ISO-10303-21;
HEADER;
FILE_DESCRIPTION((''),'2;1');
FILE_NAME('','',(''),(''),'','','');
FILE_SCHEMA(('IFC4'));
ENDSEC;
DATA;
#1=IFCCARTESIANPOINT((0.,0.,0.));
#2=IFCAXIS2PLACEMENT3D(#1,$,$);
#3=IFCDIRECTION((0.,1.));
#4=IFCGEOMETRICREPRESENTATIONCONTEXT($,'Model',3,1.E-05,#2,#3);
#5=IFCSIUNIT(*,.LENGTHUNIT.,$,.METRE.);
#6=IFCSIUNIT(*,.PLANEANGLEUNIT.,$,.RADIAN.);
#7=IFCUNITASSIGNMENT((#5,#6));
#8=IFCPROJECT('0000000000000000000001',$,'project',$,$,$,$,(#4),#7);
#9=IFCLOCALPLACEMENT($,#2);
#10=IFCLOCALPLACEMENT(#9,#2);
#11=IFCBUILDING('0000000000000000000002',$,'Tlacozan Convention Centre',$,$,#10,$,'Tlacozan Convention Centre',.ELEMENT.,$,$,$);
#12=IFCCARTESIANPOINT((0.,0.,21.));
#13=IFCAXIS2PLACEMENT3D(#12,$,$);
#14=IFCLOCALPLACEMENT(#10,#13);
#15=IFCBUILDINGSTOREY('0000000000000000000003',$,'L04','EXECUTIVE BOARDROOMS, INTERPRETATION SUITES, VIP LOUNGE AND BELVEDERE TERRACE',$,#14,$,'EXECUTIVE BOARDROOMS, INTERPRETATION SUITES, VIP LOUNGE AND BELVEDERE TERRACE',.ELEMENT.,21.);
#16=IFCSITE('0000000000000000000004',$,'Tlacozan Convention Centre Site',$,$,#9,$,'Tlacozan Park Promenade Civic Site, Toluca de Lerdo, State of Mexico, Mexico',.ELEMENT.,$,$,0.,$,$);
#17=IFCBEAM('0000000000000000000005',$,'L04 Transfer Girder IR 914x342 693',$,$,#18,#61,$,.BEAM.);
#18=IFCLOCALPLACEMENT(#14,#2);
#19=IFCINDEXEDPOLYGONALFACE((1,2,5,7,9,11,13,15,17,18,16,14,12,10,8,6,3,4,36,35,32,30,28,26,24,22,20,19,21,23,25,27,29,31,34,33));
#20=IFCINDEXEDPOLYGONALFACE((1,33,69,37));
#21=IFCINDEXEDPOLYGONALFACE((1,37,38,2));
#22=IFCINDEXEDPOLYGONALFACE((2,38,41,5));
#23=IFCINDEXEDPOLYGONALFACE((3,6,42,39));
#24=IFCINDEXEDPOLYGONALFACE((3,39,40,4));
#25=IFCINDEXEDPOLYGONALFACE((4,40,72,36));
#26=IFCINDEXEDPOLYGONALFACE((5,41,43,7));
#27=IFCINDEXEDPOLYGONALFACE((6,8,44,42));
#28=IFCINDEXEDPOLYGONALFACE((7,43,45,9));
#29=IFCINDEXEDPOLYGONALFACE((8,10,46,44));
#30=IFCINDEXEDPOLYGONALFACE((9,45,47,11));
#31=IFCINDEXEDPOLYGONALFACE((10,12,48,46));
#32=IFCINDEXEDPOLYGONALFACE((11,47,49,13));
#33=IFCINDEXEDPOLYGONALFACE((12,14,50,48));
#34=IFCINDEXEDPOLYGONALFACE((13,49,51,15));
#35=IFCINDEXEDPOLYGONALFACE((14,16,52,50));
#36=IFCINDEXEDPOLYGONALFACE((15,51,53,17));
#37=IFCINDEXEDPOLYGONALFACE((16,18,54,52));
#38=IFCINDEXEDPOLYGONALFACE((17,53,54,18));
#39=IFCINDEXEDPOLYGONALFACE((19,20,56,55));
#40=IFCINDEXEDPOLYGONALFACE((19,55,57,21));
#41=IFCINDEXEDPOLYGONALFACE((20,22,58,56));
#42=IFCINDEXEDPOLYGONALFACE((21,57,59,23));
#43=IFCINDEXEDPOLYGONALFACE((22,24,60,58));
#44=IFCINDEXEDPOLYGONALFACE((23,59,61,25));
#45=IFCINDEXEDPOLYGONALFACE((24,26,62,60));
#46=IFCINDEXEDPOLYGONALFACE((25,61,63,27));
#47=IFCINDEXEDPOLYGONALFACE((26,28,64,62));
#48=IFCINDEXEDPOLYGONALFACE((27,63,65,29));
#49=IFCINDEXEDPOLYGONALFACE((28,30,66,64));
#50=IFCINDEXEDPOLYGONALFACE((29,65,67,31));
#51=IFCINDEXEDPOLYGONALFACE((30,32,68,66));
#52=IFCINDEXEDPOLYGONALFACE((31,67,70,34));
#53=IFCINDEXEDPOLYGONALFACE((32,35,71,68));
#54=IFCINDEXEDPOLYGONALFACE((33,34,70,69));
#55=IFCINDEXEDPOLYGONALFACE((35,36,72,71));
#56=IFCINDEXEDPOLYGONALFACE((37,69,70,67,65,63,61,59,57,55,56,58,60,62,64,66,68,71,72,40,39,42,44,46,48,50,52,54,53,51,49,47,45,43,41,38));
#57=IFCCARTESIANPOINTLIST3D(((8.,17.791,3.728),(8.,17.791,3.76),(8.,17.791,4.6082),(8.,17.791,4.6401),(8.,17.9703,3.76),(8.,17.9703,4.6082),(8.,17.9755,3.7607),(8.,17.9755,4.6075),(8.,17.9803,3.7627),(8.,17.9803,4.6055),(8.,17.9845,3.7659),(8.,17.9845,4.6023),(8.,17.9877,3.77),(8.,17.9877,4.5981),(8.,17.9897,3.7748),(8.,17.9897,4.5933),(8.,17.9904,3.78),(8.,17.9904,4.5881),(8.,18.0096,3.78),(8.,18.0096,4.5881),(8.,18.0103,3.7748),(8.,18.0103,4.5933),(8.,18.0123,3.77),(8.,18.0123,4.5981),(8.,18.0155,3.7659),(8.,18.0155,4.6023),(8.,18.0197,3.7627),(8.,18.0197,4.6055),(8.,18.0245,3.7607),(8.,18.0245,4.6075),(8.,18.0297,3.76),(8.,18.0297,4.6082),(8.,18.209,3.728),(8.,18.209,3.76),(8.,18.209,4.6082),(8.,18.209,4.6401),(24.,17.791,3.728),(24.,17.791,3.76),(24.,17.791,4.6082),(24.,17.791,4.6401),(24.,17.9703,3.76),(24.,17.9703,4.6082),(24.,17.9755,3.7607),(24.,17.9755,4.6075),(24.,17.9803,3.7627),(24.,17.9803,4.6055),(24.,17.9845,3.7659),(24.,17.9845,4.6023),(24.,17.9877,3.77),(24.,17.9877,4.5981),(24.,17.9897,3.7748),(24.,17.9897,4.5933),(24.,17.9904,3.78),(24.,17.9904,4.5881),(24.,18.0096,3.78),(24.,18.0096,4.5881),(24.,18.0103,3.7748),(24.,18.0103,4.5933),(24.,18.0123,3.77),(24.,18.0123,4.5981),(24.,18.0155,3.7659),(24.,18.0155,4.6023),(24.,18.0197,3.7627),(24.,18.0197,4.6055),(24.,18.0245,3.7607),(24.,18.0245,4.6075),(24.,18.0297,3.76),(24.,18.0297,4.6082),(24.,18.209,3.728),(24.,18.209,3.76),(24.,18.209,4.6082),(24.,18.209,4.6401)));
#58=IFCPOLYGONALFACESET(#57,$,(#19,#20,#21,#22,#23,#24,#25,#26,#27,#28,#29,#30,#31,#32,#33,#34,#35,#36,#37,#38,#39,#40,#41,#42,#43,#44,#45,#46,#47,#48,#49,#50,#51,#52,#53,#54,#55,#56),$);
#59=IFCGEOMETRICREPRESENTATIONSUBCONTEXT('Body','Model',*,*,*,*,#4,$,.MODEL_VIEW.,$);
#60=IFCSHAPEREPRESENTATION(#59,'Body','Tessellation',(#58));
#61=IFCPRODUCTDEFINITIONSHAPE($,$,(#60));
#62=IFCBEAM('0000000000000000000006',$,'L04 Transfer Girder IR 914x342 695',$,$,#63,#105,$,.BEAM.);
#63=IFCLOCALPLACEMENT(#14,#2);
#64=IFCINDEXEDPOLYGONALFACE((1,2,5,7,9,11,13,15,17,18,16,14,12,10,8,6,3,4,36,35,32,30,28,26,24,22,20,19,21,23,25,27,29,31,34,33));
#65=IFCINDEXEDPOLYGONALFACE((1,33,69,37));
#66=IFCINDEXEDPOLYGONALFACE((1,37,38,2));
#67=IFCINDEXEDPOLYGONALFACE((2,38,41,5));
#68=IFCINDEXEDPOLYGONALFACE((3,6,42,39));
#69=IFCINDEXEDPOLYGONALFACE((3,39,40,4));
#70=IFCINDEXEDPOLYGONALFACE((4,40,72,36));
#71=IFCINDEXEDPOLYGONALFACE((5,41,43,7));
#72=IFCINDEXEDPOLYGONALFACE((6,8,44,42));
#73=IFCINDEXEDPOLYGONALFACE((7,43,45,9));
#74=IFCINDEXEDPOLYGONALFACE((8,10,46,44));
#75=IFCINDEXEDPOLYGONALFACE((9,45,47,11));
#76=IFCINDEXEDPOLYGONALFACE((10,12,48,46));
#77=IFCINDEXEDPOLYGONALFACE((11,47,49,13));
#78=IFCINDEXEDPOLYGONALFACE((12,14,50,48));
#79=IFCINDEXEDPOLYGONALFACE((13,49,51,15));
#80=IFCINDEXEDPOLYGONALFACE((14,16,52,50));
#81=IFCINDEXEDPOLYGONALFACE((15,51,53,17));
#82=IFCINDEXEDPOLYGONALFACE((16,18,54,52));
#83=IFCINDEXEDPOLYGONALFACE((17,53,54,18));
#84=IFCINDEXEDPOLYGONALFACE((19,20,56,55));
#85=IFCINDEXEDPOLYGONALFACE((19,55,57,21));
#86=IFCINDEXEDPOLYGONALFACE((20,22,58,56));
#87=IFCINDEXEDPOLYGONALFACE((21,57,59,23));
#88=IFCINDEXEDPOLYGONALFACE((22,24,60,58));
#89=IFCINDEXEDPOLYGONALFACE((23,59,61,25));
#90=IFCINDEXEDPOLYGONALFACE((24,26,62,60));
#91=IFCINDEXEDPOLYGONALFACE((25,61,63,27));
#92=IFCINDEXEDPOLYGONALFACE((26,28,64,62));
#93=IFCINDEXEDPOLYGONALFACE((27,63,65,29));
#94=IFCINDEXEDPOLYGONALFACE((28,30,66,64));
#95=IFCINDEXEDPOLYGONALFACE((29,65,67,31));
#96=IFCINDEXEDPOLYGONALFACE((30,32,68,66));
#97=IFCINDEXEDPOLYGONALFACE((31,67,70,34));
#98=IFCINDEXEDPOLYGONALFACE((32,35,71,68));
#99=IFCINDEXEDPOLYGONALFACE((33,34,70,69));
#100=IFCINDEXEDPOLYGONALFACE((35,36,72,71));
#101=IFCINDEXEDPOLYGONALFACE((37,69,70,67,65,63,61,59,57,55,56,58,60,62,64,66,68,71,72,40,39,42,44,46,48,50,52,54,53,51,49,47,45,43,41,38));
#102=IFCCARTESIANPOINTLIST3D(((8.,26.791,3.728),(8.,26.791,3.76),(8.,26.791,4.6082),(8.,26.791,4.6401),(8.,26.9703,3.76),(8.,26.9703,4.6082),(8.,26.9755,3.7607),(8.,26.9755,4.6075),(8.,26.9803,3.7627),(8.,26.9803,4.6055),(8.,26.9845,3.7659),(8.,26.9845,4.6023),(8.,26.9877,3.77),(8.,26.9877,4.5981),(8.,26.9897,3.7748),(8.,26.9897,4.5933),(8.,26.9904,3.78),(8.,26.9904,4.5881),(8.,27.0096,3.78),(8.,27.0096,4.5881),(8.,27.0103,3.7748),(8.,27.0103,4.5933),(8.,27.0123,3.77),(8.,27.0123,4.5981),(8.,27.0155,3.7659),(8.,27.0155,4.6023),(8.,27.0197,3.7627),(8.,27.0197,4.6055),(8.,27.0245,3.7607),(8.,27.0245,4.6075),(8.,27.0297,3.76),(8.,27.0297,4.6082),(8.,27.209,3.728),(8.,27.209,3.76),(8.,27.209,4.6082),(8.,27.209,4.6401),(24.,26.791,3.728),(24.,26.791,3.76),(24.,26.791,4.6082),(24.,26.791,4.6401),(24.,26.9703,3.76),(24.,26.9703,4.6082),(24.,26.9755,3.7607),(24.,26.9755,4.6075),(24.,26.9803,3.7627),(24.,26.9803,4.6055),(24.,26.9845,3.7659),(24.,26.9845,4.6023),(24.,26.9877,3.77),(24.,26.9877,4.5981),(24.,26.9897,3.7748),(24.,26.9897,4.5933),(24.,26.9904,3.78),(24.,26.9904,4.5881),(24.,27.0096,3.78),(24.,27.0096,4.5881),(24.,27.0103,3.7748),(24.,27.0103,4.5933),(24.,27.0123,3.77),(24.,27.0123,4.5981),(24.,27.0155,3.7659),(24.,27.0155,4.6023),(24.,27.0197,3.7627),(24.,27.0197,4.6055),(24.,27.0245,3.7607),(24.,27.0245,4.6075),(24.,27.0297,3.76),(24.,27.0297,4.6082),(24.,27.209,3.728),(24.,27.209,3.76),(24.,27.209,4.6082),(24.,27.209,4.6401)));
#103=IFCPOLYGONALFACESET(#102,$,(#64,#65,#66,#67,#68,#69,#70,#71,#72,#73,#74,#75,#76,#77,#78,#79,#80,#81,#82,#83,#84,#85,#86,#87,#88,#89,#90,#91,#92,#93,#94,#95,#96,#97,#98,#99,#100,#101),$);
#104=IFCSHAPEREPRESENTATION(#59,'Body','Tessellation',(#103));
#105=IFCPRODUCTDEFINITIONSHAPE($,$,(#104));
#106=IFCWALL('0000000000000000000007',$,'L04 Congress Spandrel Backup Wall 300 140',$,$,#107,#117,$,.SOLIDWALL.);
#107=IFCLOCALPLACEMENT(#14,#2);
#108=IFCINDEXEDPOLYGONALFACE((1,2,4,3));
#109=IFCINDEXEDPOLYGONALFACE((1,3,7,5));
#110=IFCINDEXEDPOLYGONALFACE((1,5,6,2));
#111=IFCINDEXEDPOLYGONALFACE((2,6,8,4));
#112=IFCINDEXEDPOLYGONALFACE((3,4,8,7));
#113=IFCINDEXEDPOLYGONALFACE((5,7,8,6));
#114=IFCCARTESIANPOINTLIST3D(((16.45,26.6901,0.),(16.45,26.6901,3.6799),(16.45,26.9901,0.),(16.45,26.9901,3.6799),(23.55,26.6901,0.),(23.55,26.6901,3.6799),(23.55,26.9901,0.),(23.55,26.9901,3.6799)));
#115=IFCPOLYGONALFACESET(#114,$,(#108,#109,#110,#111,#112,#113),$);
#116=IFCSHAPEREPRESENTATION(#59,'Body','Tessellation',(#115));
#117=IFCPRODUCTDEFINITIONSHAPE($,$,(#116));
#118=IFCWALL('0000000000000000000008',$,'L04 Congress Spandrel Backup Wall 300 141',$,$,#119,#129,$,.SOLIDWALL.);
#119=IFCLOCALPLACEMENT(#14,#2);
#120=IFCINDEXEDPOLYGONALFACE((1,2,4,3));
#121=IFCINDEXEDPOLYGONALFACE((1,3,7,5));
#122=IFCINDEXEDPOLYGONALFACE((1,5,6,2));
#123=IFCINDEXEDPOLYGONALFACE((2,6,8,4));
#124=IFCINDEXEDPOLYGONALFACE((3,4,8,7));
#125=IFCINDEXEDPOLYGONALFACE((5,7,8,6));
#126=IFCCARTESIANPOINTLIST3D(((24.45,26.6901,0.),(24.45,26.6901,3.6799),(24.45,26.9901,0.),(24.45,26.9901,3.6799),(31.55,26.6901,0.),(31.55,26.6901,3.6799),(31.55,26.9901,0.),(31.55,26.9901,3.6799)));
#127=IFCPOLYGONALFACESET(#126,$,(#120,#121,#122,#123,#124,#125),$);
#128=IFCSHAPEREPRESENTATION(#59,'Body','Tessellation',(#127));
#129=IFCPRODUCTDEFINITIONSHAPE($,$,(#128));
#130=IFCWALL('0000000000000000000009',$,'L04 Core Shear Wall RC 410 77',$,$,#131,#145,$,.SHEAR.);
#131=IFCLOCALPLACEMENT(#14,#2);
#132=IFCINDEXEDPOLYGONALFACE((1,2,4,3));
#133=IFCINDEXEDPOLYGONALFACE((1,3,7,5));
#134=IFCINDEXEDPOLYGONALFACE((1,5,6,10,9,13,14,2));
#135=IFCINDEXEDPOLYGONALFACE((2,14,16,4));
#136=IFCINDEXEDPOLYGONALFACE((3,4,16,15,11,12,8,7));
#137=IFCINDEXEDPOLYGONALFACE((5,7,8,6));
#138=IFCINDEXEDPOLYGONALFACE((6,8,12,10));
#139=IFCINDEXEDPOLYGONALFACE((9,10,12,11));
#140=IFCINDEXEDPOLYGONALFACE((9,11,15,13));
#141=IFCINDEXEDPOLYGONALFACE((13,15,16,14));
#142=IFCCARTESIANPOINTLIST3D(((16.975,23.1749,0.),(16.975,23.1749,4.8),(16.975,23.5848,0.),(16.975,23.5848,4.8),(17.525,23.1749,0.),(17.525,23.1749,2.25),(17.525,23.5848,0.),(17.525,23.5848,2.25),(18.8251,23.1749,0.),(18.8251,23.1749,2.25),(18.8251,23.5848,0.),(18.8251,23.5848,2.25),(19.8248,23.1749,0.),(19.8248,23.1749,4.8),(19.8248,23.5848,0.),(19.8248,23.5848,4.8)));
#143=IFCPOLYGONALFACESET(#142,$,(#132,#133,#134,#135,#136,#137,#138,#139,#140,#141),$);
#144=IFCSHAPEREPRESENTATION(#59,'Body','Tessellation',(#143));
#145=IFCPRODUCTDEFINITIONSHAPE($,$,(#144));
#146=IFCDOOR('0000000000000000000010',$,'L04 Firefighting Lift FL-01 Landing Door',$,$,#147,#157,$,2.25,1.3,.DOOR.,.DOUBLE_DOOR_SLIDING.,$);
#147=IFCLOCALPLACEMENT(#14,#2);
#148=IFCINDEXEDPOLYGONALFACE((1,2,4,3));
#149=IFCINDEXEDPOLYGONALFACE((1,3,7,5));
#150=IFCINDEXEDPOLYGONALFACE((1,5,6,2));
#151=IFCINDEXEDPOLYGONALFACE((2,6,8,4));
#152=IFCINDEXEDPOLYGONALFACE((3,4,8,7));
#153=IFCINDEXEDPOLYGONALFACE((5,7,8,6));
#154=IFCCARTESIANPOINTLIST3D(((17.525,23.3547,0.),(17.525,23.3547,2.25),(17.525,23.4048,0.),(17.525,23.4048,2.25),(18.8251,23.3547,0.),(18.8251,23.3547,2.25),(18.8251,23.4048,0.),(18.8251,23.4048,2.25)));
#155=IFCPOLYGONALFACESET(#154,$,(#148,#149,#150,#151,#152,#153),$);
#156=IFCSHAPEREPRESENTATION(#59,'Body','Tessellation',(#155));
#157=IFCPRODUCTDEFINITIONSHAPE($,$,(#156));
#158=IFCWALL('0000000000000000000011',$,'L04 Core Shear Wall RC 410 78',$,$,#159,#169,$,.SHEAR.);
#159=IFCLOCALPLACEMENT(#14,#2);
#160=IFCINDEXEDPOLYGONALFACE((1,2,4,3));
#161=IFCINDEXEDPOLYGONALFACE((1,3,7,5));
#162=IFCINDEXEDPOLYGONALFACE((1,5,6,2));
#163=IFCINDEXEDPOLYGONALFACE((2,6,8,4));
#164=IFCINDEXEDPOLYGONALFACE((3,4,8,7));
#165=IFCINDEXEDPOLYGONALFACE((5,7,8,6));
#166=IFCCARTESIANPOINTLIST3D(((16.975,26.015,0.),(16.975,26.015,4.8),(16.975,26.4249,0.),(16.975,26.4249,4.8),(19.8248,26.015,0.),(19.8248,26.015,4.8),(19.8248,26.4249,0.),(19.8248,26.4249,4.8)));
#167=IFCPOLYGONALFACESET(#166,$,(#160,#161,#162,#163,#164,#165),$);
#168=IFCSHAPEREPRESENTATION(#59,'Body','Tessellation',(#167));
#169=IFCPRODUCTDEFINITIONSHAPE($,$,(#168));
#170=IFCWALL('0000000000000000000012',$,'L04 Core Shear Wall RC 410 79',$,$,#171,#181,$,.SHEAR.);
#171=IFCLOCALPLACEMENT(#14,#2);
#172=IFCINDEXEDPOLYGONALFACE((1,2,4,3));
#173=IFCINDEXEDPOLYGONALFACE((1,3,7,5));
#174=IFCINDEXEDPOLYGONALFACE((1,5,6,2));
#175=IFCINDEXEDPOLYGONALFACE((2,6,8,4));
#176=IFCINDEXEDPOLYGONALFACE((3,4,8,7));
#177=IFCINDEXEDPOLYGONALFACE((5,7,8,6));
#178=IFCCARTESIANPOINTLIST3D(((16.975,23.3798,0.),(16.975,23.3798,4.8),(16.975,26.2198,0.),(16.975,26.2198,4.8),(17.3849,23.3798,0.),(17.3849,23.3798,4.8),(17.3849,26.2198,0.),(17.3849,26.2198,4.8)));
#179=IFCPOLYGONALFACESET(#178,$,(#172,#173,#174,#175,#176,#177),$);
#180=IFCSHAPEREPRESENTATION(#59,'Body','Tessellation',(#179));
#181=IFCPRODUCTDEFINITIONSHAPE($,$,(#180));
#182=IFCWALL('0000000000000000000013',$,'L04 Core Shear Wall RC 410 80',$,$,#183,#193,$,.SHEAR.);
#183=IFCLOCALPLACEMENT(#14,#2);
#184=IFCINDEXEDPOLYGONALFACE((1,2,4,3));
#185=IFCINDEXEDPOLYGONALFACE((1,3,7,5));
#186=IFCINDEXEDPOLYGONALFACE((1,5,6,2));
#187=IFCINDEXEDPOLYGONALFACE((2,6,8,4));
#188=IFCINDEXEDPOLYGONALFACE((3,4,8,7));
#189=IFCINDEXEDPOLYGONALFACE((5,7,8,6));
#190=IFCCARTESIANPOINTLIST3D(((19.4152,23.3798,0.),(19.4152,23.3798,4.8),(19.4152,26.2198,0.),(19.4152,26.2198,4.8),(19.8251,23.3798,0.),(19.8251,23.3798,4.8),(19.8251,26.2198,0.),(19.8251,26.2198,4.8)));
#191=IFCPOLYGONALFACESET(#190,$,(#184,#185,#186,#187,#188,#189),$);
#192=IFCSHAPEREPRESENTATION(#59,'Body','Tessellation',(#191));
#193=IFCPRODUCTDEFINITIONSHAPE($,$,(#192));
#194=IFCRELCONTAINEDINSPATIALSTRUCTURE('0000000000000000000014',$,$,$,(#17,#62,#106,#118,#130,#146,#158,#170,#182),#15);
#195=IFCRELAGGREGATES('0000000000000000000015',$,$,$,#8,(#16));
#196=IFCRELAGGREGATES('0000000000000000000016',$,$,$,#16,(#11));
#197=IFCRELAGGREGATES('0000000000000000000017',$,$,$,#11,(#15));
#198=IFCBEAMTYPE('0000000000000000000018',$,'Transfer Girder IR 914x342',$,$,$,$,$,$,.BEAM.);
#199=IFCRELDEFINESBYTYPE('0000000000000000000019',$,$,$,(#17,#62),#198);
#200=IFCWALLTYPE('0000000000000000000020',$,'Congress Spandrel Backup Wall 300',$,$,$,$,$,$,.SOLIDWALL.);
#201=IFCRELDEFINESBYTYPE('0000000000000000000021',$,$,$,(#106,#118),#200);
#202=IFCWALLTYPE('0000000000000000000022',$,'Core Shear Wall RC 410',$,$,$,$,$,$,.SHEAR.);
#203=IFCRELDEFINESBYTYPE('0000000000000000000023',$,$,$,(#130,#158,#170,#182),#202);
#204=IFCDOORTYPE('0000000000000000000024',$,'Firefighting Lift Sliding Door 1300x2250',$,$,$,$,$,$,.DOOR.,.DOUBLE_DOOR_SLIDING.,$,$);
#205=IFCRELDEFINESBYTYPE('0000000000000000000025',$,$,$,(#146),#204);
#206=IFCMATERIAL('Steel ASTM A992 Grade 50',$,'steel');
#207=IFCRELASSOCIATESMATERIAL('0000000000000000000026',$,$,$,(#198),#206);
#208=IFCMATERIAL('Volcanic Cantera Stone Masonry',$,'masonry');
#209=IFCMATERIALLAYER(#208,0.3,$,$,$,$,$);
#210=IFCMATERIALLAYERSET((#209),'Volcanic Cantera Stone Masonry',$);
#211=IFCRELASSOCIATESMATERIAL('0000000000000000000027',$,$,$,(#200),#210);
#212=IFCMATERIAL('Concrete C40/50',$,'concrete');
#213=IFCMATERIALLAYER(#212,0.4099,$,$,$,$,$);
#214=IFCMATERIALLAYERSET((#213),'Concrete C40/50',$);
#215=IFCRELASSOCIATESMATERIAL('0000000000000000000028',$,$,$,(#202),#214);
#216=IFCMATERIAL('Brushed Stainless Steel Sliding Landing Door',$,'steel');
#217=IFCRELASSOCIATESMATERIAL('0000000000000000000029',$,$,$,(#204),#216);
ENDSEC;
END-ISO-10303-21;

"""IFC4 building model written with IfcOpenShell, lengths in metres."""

from ifc_helpers import new_model, si_unit, direction, frame, frame_2d, origin, origin_2d, place, context, subcontext, project, spatial, rectangle, i_section, extrude, material, layer, layer_set, material_profile, profile_set, type_object, element, fill, save


model = new_model("IFC4")

# Units and contexts
model_context = context("Model", 3, precision=1e-05, world=origin(), true_north=direction((0.0, 1.0)))
body_context = subcontext(model_context, "Body", "Model", "MODEL_VIEW")
ifc_project = project(units=[si_unit("LENGTHUNIT", "METRE"), si_unit("PLANEANGLEUNIT", "RADIAN")], contexts=[model_context])

# Site, building, storey
site_placement = place(None, origin())
site = spatial("IfcSite", under=ifc_project, at=site_placement, Name="Tlacozan Convention Centre Site", LongName="Tlacozan Park Promenade Civic Site, Toluca de Lerdo, State of Mexico, Mexico", CompositionType="ELEMENT", RefElevation=0.0)
building_placement = place(site_placement, origin())
building = spatial("IfcBuilding", under=site, at=building_placement, Name="Tlacozan Convention Centre", LongName="Tlacozan Convention Centre", CompositionType="ELEMENT")
storey_placement = place(building_placement, frame((0.0, 0.0, 21.0)))
storey = spatial("IfcBuildingStorey", under=building, at=storey_placement, Name="L04", Description="EXECUTIVE BOARDROOMS, INTERPRETATION SUITES, VIP LOUNGE AND BELVEDERE TERRACE", LongName="EXECUTIVE BOARDROOMS, INTERPRETATION SUITES, VIP LOUNGE AND BELVEDERE TERRACE", CompositionType="ELEMENT", Elevation=21.0)

# Shared definitions
ifc_material_1 = material(Name="Concrete C40/50", Category="concrete")

# Beams
ifc_material_2 = material(Name="Steel ASTM A992 Grade 50", Category="steel")
ifc_material_profile_1 = material_profile(ifc_material_2, i_section(OverallWidth=0.418, OverallDepth=0.9121, WebThickness=0.0193, FlangeThickness=0.032, FilletRadius=0.02, at=origin_2d()), Name="IR 914x342.0")
ifc_profile_set_1 = profile_set([ifc_material_profile_1], Name="Steel ASTM A992 Grade 50")
beam_type_1 = type_object("IfcBeamType", Name="Transfer Girder IR 914x342", PredefinedType="BEAM", material=ifc_profile_set_1)
for number, where, z_axis, x_axis, name in (
    (1, (24.0, 18.0, 4.1841), (-1.0, 0.0, 0.0), (0.0, -1.0, 0.0), "L04 Transfer Girder IR 914x342 693"),
    (2, (24.0, 27.0, 4.1841), (-1.0, 0.0, 0.0), (0.0, -1.0, 0.0), "L04 Transfer Girder IR 914x342 695"),
):
    element("IfcBeam", number, at=place(storey_placement, frame(where, z_axis=z_axis, x_axis=x_axis)), inside=storey, type_object=beam_type_1, Name=name, PredefinedType="BEAM", context=body_context, shape_type="SweptSolid", body=[
        extrude(i_section(OverallWidth=0.418, OverallDepth=0.9121, WebThickness=0.0193, FlangeThickness=0.032, FilletRadius=0.02, at=origin_2d()), origin(), (0.0, 0.0, 1.0), 16.0),
    ])

# Walls
ifc_material_3 = material(Name="Volcanic Cantera Stone Masonry", Category="masonry")
ifc_layer_1 = layer(ifc_material_3, 0.3)
ifc_layer_set_1 = layer_set([ifc_layer_1], Name="Volcanic Cantera Stone Masonry")
wall_type_1 = type_object("IfcWallType", Name="Congress Spandrel Backup Wall 300", PredefinedType="SOLIDWALL", material=ifc_layer_set_1)
for number, where, z_axis, x_axis, name in (
    (3, (16.45, 26.8401, 0.0), (0.0, 0.0, 1.0), (1.0, 0.0, 0.0), "L04 Congress Spandrel Backup Wall 300 140"),
    (4, (24.45, 26.8401, 0.0), (0.0, 0.0, 1.0), (1.0, 0.0, 0.0), "L04 Congress Spandrel Backup Wall 300 141"),
):
    element("IfcWall", number, at=place(storey_placement, frame(where, z_axis=z_axis, x_axis=x_axis)), inside=storey, type_object=wall_type_1, Name=name, PredefinedType="SOLIDWALL", context=body_context, shape_type="SweptSolid", body=[
        extrude(rectangle(XDim=7.1001, YDim=0.3, at=frame_2d((3.55, 0.0))), origin(), (0.0, 0.0, 1.0), 3.6799),
    ])

# Wall, opening, door
ifc_layer_2 = layer(ifc_material_1, 0.4099)
ifc_layer_set_2 = layer_set([ifc_layer_2], Name="Concrete C40/50")
wall_type_2 = type_object("IfcWallType", Name="Core Shear Wall RC 410", PredefinedType="SHEAR", material=ifc_layer_set_2)
wall_1_placement = place(storey_placement, frame((16.9751, 23.3799, 0.0), z_axis=(0.0, 0.0, 1.0), x_axis=(1.0, 0.0, 0.0)))
wall_1 = element("IfcWall", 5, at=wall_1_placement, inside=storey, type_object=wall_type_2, Name="L04 Core Shear Wall RC 410 77", PredefinedType="SHEAR", context=body_context, shape_type="SweptSolid", body=[
    extrude(rectangle(XDim=2.8499, YDim=0.4099, at=frame_2d((1.4248, 0.0))), origin(), (0.0, 0.0, 1.0), 4.8),
])
opening_1_placement = place(wall_1_placement, frame((0.55, 0.0, 0.0)))
opening_1 = element("IfcOpeningElement", 6, at=opening_1_placement, cuts=wall_1, PredefinedType="OPENING", context=body_context, shape_type="SweptSolid", body=[
    extrude(rectangle(XDim=1.3, YDim=2.25, at=frame_2d((0.6499, 1.125))), frame((0.0, 0.2148, 0.0), z_axis=(0.0, -1.0, 0.0), x_axis=(1.0, 0.0, 0.0)), (0.0, 0.0, 1.0), 0.4299),
])
ifc_material_4 = material(Name="Brushed Stainless Steel Sliding Landing Door", Category="steel")
door_type_1 = type_object("IfcDoorType", Name="Firefighting Lift Sliding Door 1300x2250", OperationType="DOUBLE_DOOR_SLIDING", PredefinedType="DOOR", material=ifc_material_4)
door_1_placement = place(opening_1_placement, origin())
door_1 = element("IfcDoor", 7, at=door_1_placement, inside=storey, type_object=door_type_1, Name="L04 Firefighting Lift FL-01 Landing Door", OperationType="DOUBLE_DOOR_SLIDING", OverallHeight=2.25, OverallWidth=1.3, PredefinedType="DOOR", context=body_context, shape_type="SweptSolid", body=[
    extrude(rectangle(XDim=1.3, YDim=2.25, at=frame_2d((0.6499, 1.125))), frame((0.0, 0.0249, 0.0), z_axis=(0.0, -1.0, 0.0), x_axis=(1.0, 0.0, 0.0)), (0.0, 0.0, 1.0), 0.05),
])
fill(opening_1, door_1)

# Walls
wall_2_placement = place(storey_placement, frame((16.9751, 26.22, 0.0), z_axis=(0.0, 0.0, 1.0), x_axis=(1.0, 0.0, 0.0)))
element("IfcWall", 8, at=wall_2_placement, inside=storey, type_object=wall_type_2, Name="L04 Core Shear Wall RC 410 78", PredefinedType="SHEAR", context=body_context, shape_type="SweptSolid", body=[
    extrude(rectangle(XDim=2.8499, YDim=0.4099, at=frame_2d((1.4248, 0.0))), origin(), (0.0, 0.0, 1.0), 4.8),
])
for number, where, z_axis, x_axis, name in (
    (9, (17.1799, 23.3799, 0.0), (0.0, 0.0, 1.0), (0.0, 1.0, 0.0), "L04 Core Shear Wall RC 410 79"),
    (10, (19.6201, 23.3799, 0.0), (0.0, 0.0, 1.0), (0.0, 1.0, 0.0), "L04 Core Shear Wall RC 410 80"),
):
    element("IfcWall", number, at=place(storey_placement, frame(where, z_axis=z_axis, x_axis=x_axis)), inside=storey, type_object=wall_type_2, Name=name, PredefinedType="SHEAR", context=body_context, shape_type="SweptSolid", body=[
        extrude(rectangle(XDim=2.8401, YDim=0.4099, at=frame_2d((1.4199, 0.0))), origin(), (0.0, 0.0, 1.0), 4.8),
    ])

save(model, "model.ifc")
